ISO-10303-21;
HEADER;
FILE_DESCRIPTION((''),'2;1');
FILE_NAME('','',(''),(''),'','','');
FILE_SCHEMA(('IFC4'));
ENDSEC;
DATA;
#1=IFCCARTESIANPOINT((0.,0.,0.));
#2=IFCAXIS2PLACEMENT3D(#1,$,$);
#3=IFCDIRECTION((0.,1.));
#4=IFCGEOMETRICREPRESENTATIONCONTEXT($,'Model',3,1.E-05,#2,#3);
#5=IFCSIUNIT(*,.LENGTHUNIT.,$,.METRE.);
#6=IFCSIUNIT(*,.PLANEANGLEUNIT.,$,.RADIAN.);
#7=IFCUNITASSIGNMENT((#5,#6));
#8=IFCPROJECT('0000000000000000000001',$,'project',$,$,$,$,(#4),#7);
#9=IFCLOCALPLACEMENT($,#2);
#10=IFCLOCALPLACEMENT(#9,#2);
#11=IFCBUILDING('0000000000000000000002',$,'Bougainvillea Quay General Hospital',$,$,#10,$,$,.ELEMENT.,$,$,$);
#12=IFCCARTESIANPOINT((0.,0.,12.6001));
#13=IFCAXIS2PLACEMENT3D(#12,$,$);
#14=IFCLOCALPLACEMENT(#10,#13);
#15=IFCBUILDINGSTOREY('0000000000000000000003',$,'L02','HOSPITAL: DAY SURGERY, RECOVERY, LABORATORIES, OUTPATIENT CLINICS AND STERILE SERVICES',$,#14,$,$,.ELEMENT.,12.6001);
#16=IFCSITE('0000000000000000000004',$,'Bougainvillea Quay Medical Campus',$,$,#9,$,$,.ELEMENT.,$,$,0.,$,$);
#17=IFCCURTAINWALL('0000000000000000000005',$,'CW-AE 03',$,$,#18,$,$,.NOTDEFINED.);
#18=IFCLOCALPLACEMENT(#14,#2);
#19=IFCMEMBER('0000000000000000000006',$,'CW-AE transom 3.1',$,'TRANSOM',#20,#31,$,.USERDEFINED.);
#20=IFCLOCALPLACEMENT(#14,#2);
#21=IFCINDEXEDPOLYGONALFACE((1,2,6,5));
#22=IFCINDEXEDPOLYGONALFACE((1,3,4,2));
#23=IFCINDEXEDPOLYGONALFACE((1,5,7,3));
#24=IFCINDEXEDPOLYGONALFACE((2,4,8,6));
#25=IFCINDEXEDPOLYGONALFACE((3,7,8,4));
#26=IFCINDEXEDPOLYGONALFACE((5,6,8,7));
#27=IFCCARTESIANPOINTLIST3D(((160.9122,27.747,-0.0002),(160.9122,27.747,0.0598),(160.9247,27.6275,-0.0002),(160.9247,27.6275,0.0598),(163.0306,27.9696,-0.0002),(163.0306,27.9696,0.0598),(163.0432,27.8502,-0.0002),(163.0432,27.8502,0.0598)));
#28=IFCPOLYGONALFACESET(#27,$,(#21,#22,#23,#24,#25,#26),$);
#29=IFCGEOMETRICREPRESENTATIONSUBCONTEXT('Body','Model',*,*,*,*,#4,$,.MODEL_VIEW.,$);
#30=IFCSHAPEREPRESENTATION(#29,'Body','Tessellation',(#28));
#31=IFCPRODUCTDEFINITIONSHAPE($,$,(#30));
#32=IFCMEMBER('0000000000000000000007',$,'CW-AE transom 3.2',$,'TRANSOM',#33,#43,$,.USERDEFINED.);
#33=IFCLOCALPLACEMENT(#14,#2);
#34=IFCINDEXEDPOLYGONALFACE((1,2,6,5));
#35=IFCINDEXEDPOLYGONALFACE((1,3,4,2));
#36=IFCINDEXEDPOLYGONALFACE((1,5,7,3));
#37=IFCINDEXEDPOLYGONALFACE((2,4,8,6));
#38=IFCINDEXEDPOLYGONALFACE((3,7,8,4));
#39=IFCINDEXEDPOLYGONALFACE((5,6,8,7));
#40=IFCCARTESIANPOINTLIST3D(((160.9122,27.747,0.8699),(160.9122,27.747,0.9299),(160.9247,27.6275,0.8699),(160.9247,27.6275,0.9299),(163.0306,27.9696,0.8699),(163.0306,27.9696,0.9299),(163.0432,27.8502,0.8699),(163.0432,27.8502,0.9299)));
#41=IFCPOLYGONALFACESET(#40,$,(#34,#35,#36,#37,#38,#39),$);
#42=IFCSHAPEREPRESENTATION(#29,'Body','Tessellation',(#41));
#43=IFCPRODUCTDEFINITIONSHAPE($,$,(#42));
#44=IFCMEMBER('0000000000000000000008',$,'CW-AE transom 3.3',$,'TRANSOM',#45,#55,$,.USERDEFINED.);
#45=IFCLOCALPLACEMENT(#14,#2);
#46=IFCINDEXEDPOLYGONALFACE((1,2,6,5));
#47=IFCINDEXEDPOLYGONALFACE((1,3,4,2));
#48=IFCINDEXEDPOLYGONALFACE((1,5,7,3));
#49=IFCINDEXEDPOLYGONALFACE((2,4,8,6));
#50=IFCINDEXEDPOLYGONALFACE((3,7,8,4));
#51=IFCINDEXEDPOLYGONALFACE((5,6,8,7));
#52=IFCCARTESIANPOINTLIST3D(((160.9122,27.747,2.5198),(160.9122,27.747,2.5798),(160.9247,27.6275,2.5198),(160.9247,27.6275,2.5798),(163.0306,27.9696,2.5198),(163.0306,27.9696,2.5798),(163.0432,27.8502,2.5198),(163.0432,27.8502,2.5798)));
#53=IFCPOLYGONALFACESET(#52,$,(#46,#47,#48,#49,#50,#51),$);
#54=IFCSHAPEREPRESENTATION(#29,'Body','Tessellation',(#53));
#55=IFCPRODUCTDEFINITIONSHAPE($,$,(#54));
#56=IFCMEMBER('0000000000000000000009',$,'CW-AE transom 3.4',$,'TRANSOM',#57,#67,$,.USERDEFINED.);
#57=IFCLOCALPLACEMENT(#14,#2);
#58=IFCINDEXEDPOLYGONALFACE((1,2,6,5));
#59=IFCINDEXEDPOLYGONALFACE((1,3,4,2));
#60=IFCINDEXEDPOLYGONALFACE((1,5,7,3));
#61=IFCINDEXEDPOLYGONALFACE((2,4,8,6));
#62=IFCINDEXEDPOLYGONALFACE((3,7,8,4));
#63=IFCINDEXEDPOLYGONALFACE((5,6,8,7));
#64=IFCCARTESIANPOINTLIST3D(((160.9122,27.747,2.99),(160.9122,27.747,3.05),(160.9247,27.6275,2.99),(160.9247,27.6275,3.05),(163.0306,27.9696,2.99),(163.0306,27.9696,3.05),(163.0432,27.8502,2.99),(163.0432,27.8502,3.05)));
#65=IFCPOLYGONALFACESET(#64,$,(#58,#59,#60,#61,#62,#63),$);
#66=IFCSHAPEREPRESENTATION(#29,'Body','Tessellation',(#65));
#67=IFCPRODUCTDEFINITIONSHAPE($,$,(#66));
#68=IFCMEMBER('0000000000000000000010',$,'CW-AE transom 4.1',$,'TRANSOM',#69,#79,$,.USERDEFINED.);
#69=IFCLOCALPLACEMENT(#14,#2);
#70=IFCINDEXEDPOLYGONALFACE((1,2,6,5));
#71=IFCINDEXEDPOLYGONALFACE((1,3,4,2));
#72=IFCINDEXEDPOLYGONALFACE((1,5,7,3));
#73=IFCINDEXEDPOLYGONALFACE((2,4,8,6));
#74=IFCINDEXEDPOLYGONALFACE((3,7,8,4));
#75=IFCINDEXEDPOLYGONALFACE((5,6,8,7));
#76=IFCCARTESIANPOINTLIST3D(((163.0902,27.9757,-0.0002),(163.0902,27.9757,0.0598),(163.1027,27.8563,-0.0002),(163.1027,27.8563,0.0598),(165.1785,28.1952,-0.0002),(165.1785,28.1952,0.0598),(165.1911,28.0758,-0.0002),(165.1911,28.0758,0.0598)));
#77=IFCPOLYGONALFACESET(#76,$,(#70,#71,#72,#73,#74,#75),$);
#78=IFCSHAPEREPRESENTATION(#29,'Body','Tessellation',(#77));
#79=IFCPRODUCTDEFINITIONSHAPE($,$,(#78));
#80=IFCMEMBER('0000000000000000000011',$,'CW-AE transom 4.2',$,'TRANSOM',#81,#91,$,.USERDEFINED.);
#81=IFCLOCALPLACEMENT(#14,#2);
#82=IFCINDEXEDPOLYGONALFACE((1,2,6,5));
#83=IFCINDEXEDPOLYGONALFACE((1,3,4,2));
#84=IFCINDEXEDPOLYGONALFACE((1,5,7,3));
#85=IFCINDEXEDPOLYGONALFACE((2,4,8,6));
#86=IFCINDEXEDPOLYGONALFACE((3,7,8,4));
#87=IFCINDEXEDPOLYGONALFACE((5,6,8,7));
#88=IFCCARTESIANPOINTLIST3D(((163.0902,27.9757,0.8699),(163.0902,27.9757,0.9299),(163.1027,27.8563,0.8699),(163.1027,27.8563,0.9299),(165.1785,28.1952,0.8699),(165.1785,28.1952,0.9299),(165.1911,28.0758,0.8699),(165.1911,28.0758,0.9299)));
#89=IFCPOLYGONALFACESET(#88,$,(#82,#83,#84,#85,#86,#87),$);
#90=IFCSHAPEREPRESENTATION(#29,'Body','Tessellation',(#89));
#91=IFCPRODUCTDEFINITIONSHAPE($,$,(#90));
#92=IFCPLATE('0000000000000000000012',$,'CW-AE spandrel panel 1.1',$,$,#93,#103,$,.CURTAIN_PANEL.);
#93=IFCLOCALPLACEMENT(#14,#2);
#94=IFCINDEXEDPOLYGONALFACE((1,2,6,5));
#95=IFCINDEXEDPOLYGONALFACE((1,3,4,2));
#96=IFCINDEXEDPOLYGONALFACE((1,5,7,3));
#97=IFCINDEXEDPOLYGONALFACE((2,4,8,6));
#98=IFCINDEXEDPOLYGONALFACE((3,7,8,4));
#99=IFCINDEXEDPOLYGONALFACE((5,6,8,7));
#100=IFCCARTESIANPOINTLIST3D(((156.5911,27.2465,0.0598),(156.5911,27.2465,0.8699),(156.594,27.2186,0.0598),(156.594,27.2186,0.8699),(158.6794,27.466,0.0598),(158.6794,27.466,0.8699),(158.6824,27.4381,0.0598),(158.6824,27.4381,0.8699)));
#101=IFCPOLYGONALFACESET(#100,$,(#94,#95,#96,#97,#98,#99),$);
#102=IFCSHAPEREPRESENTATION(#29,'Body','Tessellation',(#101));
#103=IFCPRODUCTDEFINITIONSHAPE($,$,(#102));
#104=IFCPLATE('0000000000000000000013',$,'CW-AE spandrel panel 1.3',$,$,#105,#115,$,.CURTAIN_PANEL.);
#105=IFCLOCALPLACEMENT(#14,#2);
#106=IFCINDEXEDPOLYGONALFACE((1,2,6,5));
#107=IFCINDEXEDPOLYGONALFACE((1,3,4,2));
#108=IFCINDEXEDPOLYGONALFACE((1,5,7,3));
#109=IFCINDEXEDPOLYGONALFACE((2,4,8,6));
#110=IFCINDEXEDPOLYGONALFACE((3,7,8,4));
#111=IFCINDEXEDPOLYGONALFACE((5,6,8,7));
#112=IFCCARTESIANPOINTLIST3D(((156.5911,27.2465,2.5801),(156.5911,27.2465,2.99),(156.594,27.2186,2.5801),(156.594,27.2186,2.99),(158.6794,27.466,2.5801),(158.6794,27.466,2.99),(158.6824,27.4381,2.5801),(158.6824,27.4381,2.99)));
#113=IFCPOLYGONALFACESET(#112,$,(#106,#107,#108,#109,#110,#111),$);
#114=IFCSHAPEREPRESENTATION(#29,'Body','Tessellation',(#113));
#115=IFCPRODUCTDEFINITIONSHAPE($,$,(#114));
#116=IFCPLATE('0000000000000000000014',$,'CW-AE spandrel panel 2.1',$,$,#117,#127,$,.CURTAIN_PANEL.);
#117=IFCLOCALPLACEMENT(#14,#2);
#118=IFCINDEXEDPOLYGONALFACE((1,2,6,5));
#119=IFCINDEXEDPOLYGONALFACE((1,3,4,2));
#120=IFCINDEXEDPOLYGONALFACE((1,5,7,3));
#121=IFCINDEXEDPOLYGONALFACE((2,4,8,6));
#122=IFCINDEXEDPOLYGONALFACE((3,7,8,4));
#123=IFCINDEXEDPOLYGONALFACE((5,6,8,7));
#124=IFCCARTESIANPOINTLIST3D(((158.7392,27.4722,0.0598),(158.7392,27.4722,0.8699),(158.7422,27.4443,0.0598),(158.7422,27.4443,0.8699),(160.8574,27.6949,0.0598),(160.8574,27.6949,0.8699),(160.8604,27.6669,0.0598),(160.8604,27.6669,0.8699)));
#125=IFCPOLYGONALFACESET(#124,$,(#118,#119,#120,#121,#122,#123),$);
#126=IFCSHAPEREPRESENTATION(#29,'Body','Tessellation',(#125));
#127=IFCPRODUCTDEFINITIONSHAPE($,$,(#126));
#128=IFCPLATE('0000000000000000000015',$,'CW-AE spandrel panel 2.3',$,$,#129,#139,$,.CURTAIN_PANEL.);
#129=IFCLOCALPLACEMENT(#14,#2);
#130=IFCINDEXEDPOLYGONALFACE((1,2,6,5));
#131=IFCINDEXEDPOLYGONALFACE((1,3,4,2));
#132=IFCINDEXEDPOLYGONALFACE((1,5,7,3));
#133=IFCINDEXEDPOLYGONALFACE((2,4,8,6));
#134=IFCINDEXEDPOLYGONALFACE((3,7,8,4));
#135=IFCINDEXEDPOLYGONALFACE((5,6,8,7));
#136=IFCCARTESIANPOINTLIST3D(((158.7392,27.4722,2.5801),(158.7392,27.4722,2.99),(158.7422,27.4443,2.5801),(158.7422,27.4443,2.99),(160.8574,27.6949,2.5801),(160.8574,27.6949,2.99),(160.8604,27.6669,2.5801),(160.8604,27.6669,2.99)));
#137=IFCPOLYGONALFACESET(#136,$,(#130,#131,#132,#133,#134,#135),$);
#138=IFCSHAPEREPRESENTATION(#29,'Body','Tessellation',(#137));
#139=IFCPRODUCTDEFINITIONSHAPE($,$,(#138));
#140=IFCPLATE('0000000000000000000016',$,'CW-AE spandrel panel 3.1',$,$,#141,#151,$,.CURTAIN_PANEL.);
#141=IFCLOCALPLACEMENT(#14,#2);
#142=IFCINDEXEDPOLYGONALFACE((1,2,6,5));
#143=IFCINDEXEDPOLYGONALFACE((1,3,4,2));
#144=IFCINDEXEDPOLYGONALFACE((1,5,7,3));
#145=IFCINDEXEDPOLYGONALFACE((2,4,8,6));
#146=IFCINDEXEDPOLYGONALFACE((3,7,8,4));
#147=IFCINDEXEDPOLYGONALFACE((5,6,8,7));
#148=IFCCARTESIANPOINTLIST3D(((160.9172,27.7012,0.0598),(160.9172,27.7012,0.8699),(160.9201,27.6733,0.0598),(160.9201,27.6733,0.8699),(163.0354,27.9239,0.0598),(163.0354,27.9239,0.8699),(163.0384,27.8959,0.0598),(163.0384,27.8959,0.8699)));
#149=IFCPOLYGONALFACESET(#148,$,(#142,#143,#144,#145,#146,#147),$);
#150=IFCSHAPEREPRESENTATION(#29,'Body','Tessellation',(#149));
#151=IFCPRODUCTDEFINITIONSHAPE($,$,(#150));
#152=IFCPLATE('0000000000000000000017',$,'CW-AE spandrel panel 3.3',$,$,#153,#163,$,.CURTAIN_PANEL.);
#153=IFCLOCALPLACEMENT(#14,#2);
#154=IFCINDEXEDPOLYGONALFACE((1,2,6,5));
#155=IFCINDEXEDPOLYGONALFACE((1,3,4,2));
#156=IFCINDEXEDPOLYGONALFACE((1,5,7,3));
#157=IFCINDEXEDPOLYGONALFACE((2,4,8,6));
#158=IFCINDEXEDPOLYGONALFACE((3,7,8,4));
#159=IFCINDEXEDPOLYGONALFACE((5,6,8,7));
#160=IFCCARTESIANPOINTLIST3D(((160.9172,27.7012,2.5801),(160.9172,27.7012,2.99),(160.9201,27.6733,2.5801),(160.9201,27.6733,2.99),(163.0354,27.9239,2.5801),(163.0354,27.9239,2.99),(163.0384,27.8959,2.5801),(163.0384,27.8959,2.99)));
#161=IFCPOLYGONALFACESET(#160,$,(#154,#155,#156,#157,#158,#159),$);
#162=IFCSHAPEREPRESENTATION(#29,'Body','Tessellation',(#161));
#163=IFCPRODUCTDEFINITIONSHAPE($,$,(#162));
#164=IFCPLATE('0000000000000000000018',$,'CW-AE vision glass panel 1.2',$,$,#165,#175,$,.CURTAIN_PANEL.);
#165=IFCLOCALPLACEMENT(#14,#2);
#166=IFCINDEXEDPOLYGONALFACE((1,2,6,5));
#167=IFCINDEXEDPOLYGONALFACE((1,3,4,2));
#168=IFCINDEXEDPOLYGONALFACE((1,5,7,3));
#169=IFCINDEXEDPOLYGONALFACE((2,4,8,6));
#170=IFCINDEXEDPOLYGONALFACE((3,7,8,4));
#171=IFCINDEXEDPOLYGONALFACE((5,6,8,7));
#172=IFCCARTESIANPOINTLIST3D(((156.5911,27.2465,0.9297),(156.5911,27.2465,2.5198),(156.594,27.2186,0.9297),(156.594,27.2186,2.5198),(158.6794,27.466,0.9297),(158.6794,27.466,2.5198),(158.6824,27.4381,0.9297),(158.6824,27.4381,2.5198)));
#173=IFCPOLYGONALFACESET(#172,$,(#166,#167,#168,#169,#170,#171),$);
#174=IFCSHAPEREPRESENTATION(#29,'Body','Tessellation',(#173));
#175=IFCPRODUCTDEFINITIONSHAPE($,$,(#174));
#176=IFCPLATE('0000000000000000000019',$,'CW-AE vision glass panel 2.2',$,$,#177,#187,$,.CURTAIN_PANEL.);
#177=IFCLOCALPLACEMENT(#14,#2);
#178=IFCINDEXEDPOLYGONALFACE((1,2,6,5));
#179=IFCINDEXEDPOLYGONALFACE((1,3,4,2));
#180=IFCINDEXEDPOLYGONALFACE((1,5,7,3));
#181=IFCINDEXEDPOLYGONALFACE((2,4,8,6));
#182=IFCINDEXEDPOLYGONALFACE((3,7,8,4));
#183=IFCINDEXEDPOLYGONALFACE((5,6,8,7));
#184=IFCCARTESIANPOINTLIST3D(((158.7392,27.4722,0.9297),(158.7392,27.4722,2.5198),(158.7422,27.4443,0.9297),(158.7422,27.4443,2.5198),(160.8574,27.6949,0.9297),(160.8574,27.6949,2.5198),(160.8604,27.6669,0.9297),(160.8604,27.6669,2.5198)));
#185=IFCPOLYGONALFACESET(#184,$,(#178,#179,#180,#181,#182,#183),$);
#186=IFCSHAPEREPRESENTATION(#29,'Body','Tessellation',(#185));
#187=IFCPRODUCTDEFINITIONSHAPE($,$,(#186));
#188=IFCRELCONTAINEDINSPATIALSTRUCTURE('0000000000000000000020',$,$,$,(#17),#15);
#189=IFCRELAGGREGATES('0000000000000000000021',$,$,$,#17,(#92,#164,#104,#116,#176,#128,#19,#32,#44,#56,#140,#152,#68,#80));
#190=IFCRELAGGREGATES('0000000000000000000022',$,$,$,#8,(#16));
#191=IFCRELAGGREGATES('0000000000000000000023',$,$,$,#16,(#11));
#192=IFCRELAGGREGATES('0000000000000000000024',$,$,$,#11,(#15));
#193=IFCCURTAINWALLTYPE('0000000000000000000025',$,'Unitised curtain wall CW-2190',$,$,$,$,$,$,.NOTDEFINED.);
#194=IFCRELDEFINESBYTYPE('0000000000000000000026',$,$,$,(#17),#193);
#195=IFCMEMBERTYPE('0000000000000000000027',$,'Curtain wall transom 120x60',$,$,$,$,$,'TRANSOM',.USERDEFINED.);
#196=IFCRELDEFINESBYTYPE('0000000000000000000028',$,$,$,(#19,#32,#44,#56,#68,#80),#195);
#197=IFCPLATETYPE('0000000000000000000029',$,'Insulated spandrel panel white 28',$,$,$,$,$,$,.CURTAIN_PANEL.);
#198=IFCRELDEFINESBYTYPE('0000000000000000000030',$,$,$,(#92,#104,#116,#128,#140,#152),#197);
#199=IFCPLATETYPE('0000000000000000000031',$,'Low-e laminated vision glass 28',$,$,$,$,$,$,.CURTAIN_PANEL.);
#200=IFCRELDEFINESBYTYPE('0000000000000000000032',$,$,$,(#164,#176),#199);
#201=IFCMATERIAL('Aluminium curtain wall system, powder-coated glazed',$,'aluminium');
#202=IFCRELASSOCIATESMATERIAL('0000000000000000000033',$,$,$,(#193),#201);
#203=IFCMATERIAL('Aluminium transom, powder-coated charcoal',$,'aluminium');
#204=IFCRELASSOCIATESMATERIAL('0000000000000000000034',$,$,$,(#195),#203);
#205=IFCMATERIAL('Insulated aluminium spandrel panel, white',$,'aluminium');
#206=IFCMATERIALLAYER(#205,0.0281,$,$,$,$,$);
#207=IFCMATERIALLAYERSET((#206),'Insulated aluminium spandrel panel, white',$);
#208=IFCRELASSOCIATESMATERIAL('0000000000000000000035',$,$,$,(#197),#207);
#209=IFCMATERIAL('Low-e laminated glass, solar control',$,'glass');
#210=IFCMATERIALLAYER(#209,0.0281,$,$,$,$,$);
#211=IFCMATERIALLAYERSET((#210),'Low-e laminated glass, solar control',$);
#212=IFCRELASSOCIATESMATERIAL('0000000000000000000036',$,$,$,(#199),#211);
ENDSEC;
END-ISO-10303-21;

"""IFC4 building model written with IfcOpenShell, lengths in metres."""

from ifc_helpers import new_model, si_unit, direction, frame, origin, origin_2d, place, context, subcontext, project, spatial, rectangle, extrude, material, layer, layer_set, material_profile, profile_set, type_object, element, aggregate, save


model = new_model("IFC4")

# Units and contexts
model_context = context("Model", 3, precision=1e-05, world=origin(), true_north=direction((0.0, 1.0)))
body_context = subcontext(model_context, "Body", "Model", "MODEL_VIEW")
ifc_project = project(units=[si_unit("LENGTHUNIT", "METRE"), si_unit("PLANEANGLEUNIT", "RADIAN")], contexts=[model_context])

# Site, building, storey
site_placement = place(None, origin())
site = spatial("IfcSite", under=ifc_project, at=site_placement, Name="Bougainvillea Quay Medical Campus", CompositionType="ELEMENT", RefElevation=0.0)
building_placement = place(site_placement, origin())
building = spatial("IfcBuilding", under=site, at=building_placement, Name="Bougainvillea Quay General Hospital", CompositionType="ELEMENT")
storey_placement = place(building_placement, frame((0.0, 0.0, 12.6001)))
storey = spatial("IfcBuildingStorey", under=building, at=storey_placement, Name="L02", Description="HOSPITAL: DAY SURGERY, RECOVERY, LABORATORIES, OUTPATIENT CLINICS AND STERILE SERVICES", CompositionType="ELEMENT", Elevation=12.6001)

# Shared definitions
ifc_material_1 = material(Name="Aluminium curtain wall system, powder-coated glazed", Category="aluminium")

# Curtain wall, members, plates
curtain_wall_type_1 = type_object("IfcCurtainWallType", Name="Unitised curtain wall CW-2190", PredefinedType="NOTDEFINED", material=ifc_material_1)
curtain_wall_1_placement = place(storey_placement, origin())
curtain_wall_1 = element("IfcCurtainWall", 1, at=curtain_wall_1_placement, inside=storey, type_object=curtain_wall_type_1, Name="CW-AE 03", PredefinedType="NOTDEFINED")
ifc_material_2 = material(Name="Aluminium transom, powder-coated charcoal", Category="aluminium")
ifc_material_profile_1 = material_profile(ifc_material_2, rectangle(XDim=0.1201, YDim=0.0601, at=origin_2d()))
ifc_profile_set_1 = profile_set([ifc_material_profile_1], Name="Aluminium transom, powder-coated charcoal")
member_type_1 = type_object("IfcMemberType", Name="Curtain wall transom 120x60", ElementType="TRANSOM", PredefinedType="USERDEFINED", material=ifc_profile_set_1)
member_1_placement = place(storey_placement, frame((160.9185, 27.6873, 0.0298), z_axis=(0.994522, 0.10453, 0.0), x_axis=(-0.10453, 0.994522, 0.0)))
member_1 = element("IfcMember", 2, at=member_1_placement, type_object=member_type_1, Name="CW-AE transom 3.1", ObjectType="TRANSOM", PredefinedType="USERDEFINED", context=body_context, shape_type="SweptSolid", body=[
    extrude(rectangle(XDim=0.1201, YDim=0.0601, at=origin_2d()), origin(), (0.0, 0.0, 1.0), 2.1301),
])
member_2_placement = place(storey_placement, frame((160.9185, 27.6873, 0.8999), z_axis=(0.994522, 0.10453, 0.0), x_axis=(-0.10453, 0.994522, 0.0)))
member_2 = element("IfcMember", 3, at=member_2_placement, type_object=member_type_1, Name="CW-AE transom 3.2", ObjectType="TRANSOM", PredefinedType="USERDEFINED", context=body_context, shape_type="SweptSolid", body=[
    extrude(rectangle(XDim=0.1201, YDim=0.0601, at=origin_2d()), origin(), (0.0, 0.0, 1.0), 2.1301),
])
member_3_placement = place(storey_placement, frame((160.9185, 27.6873, 2.5498), z_axis=(0.994522, 0.10453, 0.0), x_axis=(-0.10453, 0.994522, 0.0)))
member_3 = element("IfcMember", 4, at=member_3_placement, type_object=member_type_1, Name="CW-AE transom 3.3", ObjectType="TRANSOM", PredefinedType="USERDEFINED", context=body_context, shape_type="SweptSolid", body=[
    extrude(rectangle(XDim=0.1201, YDim=0.0601, at=origin_2d()), origin(), (0.0, 0.0, 1.0), 2.1301),
])
member_4_placement = place(storey_placement, frame((160.9185, 27.6873, 3.02), z_axis=(0.994522, 0.10453, 0.0), x_axis=(-0.10453, 0.994522, 0.0)))
member_4 = element("IfcMember", 5, at=member_4_placement, type_object=member_type_1, Name="CW-AE transom 3.4", ObjectType="TRANSOM", PredefinedType="USERDEFINED", context=body_context, shape_type="SweptSolid", body=[
    extrude(rectangle(XDim=0.1201, YDim=0.0601, at=origin_2d()), origin(), (0.0, 0.0, 1.0), 2.1301),
])
member_5_placement = place(storey_placement, frame((163.0964, 27.916, 0.0298), z_axis=(0.994523, 0.104521, 0.0), x_axis=(-0.104521, 0.994523, 0.0)))
member_5 = element("IfcMember", 6, at=member_5_placement, type_object=member_type_1, Name="CW-AE transom 4.1", ObjectType="TRANSOM", PredefinedType="USERDEFINED", context=body_context, shape_type="SweptSolid", body=[
    extrude(rectangle(XDim=0.1201, YDim=0.0601, at=origin_2d()), origin(), (0.0, 0.0, 1.0), 2.0999),
])
member_6_placement = place(storey_placement, frame((163.0964, 27.916, 0.8999), z_axis=(0.994523, 0.104521, 0.0), x_axis=(-0.104521, 0.994523, 0.0)))
member_6 = element("IfcMember", 7, at=member_6_placement, type_object=member_type_1, Name="CW-AE transom 4.2", ObjectType="TRANSOM", PredefinedType="USERDEFINED", context=body_context, shape_type="SweptSolid", body=[
    extrude(rectangle(XDim=0.1201, YDim=0.0601, at=origin_2d()), origin(), (0.0, 0.0, 1.0), 2.0999),
])
ifc_material_3 = material(Name="Insulated aluminium spandrel panel, white", Category="aluminium")
ifc_layer_1 = layer(ifc_material_3, 0.0281)
ifc_layer_set_1 = layer_set([ifc_layer_1], Name="Insulated aluminium spandrel panel, white")
plate_type_1 = type_object("IfcPlateType", Name="Insulated spandrel panel white 28", PredefinedType="CURTAIN_PANEL", material=ifc_layer_set_1)
plate_1_placement = place(storey_placement, frame((157.6367, 27.3423, 0.0598), z_axis=(0.0, 0.0, 1.0), x_axis=(0.994522, 0.104527, 0.0)))
plate_1 = element("IfcPlate", 8, at=plate_1_placement, type_object=plate_type_1, Name="CW-AE spandrel panel 1.1", PredefinedType="CURTAIN_PANEL", context=body_context, shape_type="SweptSolid", body=[
    extrude(rectangle(XDim=2.0999, YDim=0.0281, at=origin_2d()), origin(), (0.0, 0.0, 1.0), 0.8101),
])
plate_2_placement = place(storey_placement, frame((157.6367, 27.3423, 2.5801), z_axis=(0.0, 0.0, 1.0), x_axis=(0.994522, 0.104527, 0.0)))
plate_2 = element("IfcPlate", 9, at=plate_2_placement, type_object=plate_type_1, Name="CW-AE spandrel panel 1.3", PredefinedType="CURTAIN_PANEL", context=body_context, shape_type="SweptSolid", body=[
    extrude(rectangle(XDim=2.0999, YDim=0.0281, at=origin_2d()), origin(), (0.0, 0.0, 1.0), 0.4099),
])
plate_3_placement = place(storey_placement, frame((159.7998, 27.5696, 0.0598), z_axis=(0.0, 0.0, 1.0), x_axis=(0.994522, 0.104527, 0.0)))
plate_3 = element("IfcPlate", 10, at=plate_3_placement, type_object=plate_type_1, Name="CW-AE spandrel panel 2.1", PredefinedType="CURTAIN_PANEL", context=body_context, shape_type="SweptSolid", body=[
    extrude(rectangle(XDim=2.1299, YDim=0.0281, at=origin_2d()), origin(), (0.0, 0.0, 1.0), 0.8101),
])
plate_4_placement = place(storey_placement, frame((159.7998, 27.5696, 2.5801), z_axis=(0.0, 0.0, 1.0), x_axis=(0.994522, 0.104527, 0.0)))
plate_4 = element("IfcPlate", 11, at=plate_4_placement, type_object=plate_type_1, Name="CW-AE spandrel panel 2.3", PredefinedType="CURTAIN_PANEL", context=body_context, shape_type="SweptSolid", body=[
    extrude(rectangle(XDim=2.1299, YDim=0.0281, at=origin_2d()), origin(), (0.0, 0.0, 1.0), 0.4099),
])
plate_5_placement = place(storey_placement, frame((161.9778, 27.7986, 0.0598), z_axis=(0.0, 0.0, 1.0), x_axis=(0.994522, 0.104527, 0.0)))
plate_5 = element("IfcPlate", 12, at=plate_5_placement, type_object=plate_type_1, Name="CW-AE spandrel panel 3.1", PredefinedType="CURTAIN_PANEL", context=body_context, shape_type="SweptSolid", body=[
    extrude(rectangle(XDim=2.1299, YDim=0.0281, at=origin_2d()), origin(), (0.0, 0.0, 1.0), 0.8101),
])
plate_6_placement = place(storey_placement, frame((161.9778, 27.7986, 2.5801), z_axis=(0.0, 0.0, 1.0), x_axis=(0.994522, 0.104527, 0.0)))
plate_6 = element("IfcPlate", 13, at=plate_6_placement, type_object=plate_type_1, Name="CW-AE spandrel panel 3.3", PredefinedType="CURTAIN_PANEL", context=body_context, shape_type="SweptSolid", body=[
    extrude(rectangle(XDim=2.1299, YDim=0.0281, at=origin_2d()), origin(), (0.0, 0.0, 1.0), 0.4099),
])
ifc_material_4 = material(Name="Low-e laminated glass, solar control", Category="glass")
ifc_layer_2 = layer(ifc_material_4, 0.0281)
ifc_layer_set_2 = layer_set([ifc_layer_2], Name="Low-e laminated glass, solar control")
plate_type_2 = type_object("IfcPlateType", Name="Low-e laminated vision glass 28", PredefinedType="CURTAIN_PANEL", material=ifc_layer_set_2)
plate_7_placement = place(storey_placement, frame((157.6367, 27.3423, 0.9297), z_axis=(0.0, 0.0, 1.0), x_axis=(0.994522, 0.104527, 0.0)))
plate_7 = element("IfcPlate", 14, at=plate_7_placement, type_object=plate_type_2, Name="CW-AE vision glass panel 1.2", PredefinedType="CURTAIN_PANEL", context=body_context, shape_type="SweptSolid", body=[
    extrude(rectangle(XDim=2.0999, YDim=0.0281, at=origin_2d()), origin(), (0.0, 0.0, 1.0), 1.5901),
])
plate_8_placement = place(storey_placement, frame((159.7998, 27.5696, 0.9297), z_axis=(0.0, 0.0, 1.0), x_axis=(0.994522, 0.104527, 0.0)))
plate_8 = element("IfcPlate", 15, at=plate_8_placement, type_object=plate_type_2, Name="CW-AE vision glass panel 2.2", PredefinedType="CURTAIN_PANEL", context=body_context, shape_type="SweptSolid", body=[
    extrude(rectangle(XDim=2.1299, YDim=0.0281, at=origin_2d()), origin(), (0.0, 0.0, 1.0), 1.5901),
])
aggregate(curtain_wall_1, [plate_1, plate_7, plate_2, plate_3, plate_8, plate_4, member_1, member_2, member_3, member_4, plate_5, plate_6, member_5, member_6])

save(model, "model.ifc")
